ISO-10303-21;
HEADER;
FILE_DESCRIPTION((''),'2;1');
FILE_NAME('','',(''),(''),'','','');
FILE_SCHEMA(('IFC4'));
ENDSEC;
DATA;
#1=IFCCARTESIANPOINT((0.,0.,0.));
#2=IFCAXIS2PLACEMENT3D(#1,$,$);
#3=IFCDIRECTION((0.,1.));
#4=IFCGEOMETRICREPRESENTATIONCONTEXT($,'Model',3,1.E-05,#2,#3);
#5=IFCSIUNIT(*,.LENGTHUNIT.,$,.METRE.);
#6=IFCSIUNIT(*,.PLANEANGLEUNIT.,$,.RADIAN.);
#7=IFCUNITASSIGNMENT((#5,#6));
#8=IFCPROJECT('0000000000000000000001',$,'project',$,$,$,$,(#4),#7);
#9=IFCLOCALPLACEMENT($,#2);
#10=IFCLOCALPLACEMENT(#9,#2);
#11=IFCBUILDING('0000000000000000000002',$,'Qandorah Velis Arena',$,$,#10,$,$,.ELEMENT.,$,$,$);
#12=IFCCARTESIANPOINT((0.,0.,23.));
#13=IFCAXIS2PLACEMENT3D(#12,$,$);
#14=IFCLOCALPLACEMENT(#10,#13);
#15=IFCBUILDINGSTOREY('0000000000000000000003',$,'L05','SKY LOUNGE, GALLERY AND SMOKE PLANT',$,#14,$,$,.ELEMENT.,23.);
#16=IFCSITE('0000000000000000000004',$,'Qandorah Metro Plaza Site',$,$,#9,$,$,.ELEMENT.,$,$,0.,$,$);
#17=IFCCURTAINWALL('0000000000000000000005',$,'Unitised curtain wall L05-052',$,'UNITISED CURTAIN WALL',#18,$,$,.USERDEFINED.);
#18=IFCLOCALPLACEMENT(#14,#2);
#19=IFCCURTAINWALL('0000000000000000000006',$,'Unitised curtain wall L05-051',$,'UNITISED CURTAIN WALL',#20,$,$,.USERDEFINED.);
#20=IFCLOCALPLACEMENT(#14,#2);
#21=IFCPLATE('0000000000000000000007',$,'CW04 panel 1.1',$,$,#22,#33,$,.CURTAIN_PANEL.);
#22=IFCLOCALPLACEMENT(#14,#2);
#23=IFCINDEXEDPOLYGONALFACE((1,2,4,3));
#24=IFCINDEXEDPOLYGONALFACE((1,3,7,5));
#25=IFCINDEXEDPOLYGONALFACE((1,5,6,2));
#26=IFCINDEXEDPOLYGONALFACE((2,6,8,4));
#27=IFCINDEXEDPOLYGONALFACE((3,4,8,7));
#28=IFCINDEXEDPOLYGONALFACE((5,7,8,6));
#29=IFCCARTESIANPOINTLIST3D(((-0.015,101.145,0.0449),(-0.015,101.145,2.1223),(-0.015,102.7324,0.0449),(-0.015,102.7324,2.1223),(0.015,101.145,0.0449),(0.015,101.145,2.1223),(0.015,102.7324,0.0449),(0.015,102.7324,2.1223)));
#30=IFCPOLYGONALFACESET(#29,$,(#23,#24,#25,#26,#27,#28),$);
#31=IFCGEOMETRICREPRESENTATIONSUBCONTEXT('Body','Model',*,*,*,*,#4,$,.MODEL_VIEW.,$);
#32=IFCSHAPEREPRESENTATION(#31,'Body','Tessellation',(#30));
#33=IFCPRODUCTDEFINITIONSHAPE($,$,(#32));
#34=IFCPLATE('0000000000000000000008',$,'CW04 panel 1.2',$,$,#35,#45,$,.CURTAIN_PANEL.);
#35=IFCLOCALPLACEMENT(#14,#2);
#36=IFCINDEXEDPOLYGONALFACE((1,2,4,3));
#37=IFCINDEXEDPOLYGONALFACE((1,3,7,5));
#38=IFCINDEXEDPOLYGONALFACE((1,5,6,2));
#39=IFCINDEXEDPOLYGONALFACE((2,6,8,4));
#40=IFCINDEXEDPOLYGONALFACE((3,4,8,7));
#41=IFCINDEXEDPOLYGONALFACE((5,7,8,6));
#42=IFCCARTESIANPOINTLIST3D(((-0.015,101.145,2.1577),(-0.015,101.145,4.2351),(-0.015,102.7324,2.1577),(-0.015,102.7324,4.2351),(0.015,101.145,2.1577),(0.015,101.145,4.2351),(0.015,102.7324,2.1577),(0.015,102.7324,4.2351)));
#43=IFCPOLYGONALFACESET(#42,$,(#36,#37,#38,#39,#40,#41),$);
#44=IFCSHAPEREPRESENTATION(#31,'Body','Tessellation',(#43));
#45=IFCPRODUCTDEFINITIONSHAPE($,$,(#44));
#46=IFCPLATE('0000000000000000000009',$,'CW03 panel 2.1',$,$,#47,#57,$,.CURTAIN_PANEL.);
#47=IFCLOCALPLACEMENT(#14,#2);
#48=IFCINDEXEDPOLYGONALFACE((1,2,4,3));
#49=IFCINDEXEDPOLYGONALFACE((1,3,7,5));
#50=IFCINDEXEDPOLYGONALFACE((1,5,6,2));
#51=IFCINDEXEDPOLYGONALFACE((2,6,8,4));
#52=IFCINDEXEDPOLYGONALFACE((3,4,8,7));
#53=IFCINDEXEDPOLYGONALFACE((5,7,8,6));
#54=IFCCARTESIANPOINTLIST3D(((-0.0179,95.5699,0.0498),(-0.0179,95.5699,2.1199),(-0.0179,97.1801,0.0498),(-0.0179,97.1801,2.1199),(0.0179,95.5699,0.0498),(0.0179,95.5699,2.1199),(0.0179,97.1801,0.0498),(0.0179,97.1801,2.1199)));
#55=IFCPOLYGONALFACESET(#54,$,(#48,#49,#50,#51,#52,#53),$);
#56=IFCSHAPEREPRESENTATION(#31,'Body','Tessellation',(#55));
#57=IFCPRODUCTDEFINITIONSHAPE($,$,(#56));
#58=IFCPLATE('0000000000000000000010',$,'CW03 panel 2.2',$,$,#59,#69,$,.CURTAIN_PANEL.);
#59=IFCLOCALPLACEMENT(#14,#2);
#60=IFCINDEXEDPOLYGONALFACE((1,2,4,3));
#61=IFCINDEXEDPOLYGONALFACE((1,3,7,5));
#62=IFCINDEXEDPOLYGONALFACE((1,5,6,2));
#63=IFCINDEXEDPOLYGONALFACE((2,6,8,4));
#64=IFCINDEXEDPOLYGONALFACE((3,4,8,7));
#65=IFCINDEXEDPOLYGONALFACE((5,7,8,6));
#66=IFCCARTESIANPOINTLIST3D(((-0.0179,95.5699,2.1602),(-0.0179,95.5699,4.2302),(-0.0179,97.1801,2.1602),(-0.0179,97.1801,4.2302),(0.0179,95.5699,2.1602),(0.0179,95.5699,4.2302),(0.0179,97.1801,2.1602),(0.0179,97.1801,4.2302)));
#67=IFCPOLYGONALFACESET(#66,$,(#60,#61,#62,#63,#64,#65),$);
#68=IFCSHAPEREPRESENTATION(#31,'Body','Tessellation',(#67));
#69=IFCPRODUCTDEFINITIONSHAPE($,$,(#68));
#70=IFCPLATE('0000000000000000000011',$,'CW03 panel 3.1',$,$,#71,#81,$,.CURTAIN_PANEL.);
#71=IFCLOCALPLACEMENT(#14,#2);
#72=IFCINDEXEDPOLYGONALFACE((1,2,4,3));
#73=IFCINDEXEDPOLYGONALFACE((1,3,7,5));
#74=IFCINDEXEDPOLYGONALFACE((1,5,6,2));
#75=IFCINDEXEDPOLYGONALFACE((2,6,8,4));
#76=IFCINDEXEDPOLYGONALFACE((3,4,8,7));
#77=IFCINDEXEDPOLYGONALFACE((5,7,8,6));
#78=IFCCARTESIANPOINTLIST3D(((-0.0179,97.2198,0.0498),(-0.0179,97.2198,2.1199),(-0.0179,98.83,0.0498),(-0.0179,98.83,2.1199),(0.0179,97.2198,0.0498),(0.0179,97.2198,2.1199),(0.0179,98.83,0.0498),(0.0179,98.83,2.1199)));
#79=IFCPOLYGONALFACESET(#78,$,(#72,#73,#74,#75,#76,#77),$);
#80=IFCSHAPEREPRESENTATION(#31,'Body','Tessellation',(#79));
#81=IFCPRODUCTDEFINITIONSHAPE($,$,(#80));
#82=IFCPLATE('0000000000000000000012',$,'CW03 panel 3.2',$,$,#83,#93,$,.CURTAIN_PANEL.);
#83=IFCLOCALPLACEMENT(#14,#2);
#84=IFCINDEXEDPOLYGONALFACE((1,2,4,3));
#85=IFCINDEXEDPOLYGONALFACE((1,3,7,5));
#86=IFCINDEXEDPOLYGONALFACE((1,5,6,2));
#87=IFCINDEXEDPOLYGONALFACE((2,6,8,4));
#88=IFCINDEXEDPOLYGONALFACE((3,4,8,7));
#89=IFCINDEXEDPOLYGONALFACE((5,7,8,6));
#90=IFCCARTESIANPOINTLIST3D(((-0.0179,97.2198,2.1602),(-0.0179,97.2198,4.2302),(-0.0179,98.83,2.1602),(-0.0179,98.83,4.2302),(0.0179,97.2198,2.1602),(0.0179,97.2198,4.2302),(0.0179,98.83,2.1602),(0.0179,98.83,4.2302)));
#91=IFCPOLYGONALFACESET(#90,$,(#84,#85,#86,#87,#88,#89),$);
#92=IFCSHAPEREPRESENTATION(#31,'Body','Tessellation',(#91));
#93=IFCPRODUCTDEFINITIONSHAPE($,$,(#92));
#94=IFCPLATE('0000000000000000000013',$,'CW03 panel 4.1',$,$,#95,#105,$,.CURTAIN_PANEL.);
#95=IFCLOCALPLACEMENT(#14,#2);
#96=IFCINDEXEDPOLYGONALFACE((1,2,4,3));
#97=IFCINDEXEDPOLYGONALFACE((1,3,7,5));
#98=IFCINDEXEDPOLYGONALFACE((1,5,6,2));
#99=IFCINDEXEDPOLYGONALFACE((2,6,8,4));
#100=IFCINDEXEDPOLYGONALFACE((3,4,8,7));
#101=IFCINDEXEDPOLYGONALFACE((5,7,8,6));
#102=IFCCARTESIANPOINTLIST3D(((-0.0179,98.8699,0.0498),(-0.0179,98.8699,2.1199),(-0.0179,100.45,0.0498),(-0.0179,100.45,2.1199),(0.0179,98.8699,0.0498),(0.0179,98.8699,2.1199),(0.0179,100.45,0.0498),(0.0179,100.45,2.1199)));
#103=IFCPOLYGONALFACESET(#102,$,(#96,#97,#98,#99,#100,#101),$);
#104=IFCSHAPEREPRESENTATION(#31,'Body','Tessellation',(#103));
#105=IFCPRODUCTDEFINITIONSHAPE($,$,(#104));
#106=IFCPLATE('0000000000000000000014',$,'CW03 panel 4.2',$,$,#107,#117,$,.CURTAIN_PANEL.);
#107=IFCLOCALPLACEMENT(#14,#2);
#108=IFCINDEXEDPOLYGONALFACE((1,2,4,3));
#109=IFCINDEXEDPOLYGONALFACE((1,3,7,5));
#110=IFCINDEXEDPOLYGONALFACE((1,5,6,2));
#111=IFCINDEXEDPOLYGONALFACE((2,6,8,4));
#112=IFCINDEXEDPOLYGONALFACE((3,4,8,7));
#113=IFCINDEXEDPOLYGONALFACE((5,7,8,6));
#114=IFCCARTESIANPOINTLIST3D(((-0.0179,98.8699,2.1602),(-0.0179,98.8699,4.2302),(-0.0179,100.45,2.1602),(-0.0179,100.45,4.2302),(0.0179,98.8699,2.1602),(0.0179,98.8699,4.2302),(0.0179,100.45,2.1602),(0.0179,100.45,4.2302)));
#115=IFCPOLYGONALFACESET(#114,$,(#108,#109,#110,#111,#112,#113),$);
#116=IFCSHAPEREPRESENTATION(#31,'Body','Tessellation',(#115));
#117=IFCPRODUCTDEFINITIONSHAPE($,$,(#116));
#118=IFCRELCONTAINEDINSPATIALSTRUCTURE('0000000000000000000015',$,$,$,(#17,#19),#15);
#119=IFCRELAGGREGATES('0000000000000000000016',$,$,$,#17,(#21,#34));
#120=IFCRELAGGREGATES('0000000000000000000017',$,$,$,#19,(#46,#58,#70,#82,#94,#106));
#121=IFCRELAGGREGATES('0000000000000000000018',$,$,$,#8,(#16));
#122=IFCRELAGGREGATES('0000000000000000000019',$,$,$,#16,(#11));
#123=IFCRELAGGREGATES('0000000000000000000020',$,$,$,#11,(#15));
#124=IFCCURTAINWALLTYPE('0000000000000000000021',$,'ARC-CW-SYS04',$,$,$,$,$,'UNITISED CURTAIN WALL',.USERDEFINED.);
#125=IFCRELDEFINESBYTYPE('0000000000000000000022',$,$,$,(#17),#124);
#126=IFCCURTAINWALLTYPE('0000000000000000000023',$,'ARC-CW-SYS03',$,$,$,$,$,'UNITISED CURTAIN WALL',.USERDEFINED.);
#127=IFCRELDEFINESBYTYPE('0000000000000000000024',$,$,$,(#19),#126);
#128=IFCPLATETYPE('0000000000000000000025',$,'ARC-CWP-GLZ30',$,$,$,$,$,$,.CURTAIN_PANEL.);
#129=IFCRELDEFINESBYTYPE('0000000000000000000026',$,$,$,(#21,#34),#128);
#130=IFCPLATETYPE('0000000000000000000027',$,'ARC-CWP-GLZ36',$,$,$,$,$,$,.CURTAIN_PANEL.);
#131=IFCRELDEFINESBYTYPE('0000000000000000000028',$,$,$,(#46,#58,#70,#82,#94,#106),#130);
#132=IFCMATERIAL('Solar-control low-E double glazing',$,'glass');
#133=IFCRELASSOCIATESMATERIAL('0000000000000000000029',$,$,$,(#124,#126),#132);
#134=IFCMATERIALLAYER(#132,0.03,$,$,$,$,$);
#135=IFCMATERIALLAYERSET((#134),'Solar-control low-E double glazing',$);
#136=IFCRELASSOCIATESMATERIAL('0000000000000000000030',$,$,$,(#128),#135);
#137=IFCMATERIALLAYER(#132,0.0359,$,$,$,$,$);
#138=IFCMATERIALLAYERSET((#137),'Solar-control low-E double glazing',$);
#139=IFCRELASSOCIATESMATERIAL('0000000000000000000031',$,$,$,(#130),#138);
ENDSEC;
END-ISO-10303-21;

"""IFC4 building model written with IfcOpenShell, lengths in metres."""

from ifc_helpers import new_model, si_unit, direction, frame, origin, origin_2d, place, context, subcontext, project, spatial, rectangle, extrude, material, layer, layer_set, type_object, element, aggregate, save


model = new_model("IFC4")

# Units and contexts
model_context = context("Model", 3, precision=1e-05, world=origin(), true_north=direction((0.0, 1.0)))
body_context = subcontext(model_context, "Body", "Model", "MODEL_VIEW")
ifc_project = project(units=[si_unit("LENGTHUNIT", "METRE"), si_unit("PLANEANGLEUNIT", "RADIAN")], contexts=[model_context])

# Site, building, storey
site_placement = place(None, origin())
site = spatial("IfcSite", under=ifc_project, at=site_placement, Name="Qandorah Metro Plaza Site", CompositionType="ELEMENT", RefElevation=0.0)
building_placement = place(site_placement, origin())
building = spatial("IfcBuilding", under=site, at=building_placement, Name="Qandorah Velis Arena", CompositionType="ELEMENT")
storey_placement = place(building_placement, frame((0.0, 0.0, 23.0)))
storey = spatial("IfcBuildingStorey", under=building, at=storey_placement, Name="L05", Description="SKY LOUNGE, GALLERY AND SMOKE PLANT", CompositionType="ELEMENT", Elevation=23.0)

# Curtain walls
ifc_material_1 = material(Name="Solar-control low-E double glazing", Category="glass")
curtain_wall_type_1 = type_object("IfcCurtainWallType", Name="ARC-CW-SYS04", ElementType="UNITISED CURTAIN WALL", PredefinedType="USERDEFINED", material=ifc_material_1)
curtain_wall_1_placement = place(storey_placement, origin())
curtain_wall_1 = element("IfcCurtainWall", 1, at=curtain_wall_1_placement, inside=storey, type_object=curtain_wall_type_1, Name="Unitised curtain wall L05-052", ObjectType="UNITISED CURTAIN WALL", PredefinedType="USERDEFINED")
curtain_wall_type_2 = type_object("IfcCurtainWallType", Name="ARC-CW-SYS03", ElementType="UNITISED CURTAIN WALL", PredefinedType="USERDEFINED", material=ifc_material_1)
curtain_wall_2_placement = place(storey_placement, origin())
curtain_wall_2 = element("IfcCurtainWall", 2, at=curtain_wall_2_placement, inside=storey, type_object=curtain_wall_type_2, Name="Unitised curtain wall L05-051", ObjectType="UNITISED CURTAIN WALL", PredefinedType="USERDEFINED")

# Plates
ifc_layer_1 = layer(ifc_material_1, 0.03)
ifc_layer_set_1 = layer_set([ifc_layer_1], Name="Solar-control low-E double glazing")
plate_type_1 = type_object("IfcPlateType", Name="ARC-CWP-GLZ30", PredefinedType="CURTAIN_PANEL", material=ifc_layer_set_1)
plate_1_placement = place(storey_placement, frame((0.0, 101.9387, 0.0449), z_axis=(0.0, 0.0, 1.0), x_axis=(0.0, 1.0, 0.0)))
plate_1 = element("IfcPlate", 3, at=plate_1_placement, type_object=plate_type_1, Name="CW04 panel 1.1", PredefinedType="CURTAIN_PANEL", context=body_context, shape_type="SweptSolid", body=[
    extrude(rectangle(XDim=1.5874, YDim=0.03, at=origin_2d()), origin(), (0.0, 0.0, 1.0), 2.0774),
])
plate_2_placement = place(storey_placement, frame((0.0, 101.9387, 2.1577), z_axis=(0.0, 0.0, 1.0), x_axis=(0.0, 1.0, 0.0)))
plate_2 = element("IfcPlate", 4, at=plate_2_placement, type_object=plate_type_1, Name="CW04 panel 1.2", PredefinedType="CURTAIN_PANEL", context=body_context, shape_type="SweptSolid", body=[
    extrude(rectangle(XDim=1.5874, YDim=0.03, at=origin_2d()), origin(), (0.0, 0.0, 1.0), 2.0774),
])
aggregate(curtain_wall_1, [plate_1, plate_2])
ifc_layer_2 = layer(ifc_material_1, 0.0359)
ifc_layer_set_2 = layer_set([ifc_layer_2], Name="Solar-control low-E double glazing")
plate_type_2 = type_object("IfcPlateType", Name="ARC-CWP-GLZ36", PredefinedType="CURTAIN_PANEL", material=ifc_layer_set_2)
plate_3_placement = place(storey_placement, frame((0.0, 96.375, 0.0498), z_axis=(0.0, 0.0, 1.0), x_axis=(0.0, 1.0, 0.0)))
plate_3 = element("IfcPlate", 5, at=plate_3_placement, type_object=plate_type_2, Name="CW03 panel 2.1", PredefinedType="CURTAIN_PANEL", context=body_context, shape_type="SweptSolid", body=[
    extrude(rectangle(XDim=1.6101, YDim=0.0359, at=origin_2d()), origin(), (0.0, 0.0, 1.0), 2.0701),
])
plate_4_placement = place(storey_placement, frame((0.0, 96.375, 2.1602), z_axis=(0.0, 0.0, 1.0), x_axis=(0.0, 1.0, 0.0)))
plate_4 = element("IfcPlate", 6, at=plate_4_placement, type_object=plate_type_2, Name="CW03 panel 2.2", PredefinedType="CURTAIN_PANEL", context=body_context, shape_type="SweptSolid", body=[
    extrude(rectangle(XDim=1.6101, YDim=0.0359, at=origin_2d()), origin(), (0.0, 0.0, 1.0), 2.0701),
])
plate_5_placement = place(storey_placement, frame((0.0, 98.0249, 0.0498), z_axis=(0.0, 0.0, 1.0), x_axis=(0.0, 1.0, 0.0)))
plate_5 = element("IfcPlate", 7, at=plate_5_placement, type_object=plate_type_2, Name="CW03 panel 3.1", PredefinedType="CURTAIN_PANEL", context=body_context, shape_type="SweptSolid", body=[
    extrude(rectangle(XDim=1.6101, YDim=0.0359, at=origin_2d()), origin(), (0.0, 0.0, 1.0), 2.0701),
])
plate_6_placement = place(storey_placement, frame((0.0, 98.0249, 2.1602), z_axis=(0.0, 0.0, 1.0), x_axis=(0.0, 1.0, 0.0)))
plate_6 = element("IfcPlate", 8, at=plate_6_placement, type_object=plate_type_2, Name="CW03 panel 3.2", PredefinedType="CURTAIN_PANEL", context=body_context, shape_type="SweptSolid", body=[
    extrude(rectangle(XDim=1.6101, YDim=0.0359, at=origin_2d()), origin(), (0.0, 0.0, 1.0), 2.0701),
])
plate_7_placement = place(storey_placement, frame((0.0, 99.6599, 0.0498), z_axis=(0.0, 0.0, 1.0), x_axis=(0.0, 1.0, 0.0)))
plate_7 = element("IfcPlate", 9, at=plate_7_placement, type_object=plate_type_2, Name="CW03 panel 4.1", PredefinedType="CURTAIN_PANEL", context=body_context, shape_type="SweptSolid", body=[
    extrude(rectangle(XDim=1.5801, YDim=0.0359, at=origin_2d()), origin(), (0.0, 0.0, 1.0), 2.0701),
])
plate_8_placement = place(storey_placement, frame((0.0, 99.6599, 2.1602), z_axis=(0.0, 0.0, 1.0), x_axis=(0.0, 1.0, 0.0)))
plate_8 = element("IfcPlate", 10, at=plate_8_placement, type_object=plate_type_2, Name="CW03 panel 4.2", PredefinedType="CURTAIN_PANEL", context=body_context, shape_type="SweptSolid", body=[
    extrude(rectangle(XDim=1.5801, YDim=0.0359, at=origin_2d()), origin(), (0.0, 0.0, 1.0), 2.0701),
])
aggregate(curtain_wall_2, [plate_3, plate_4, plate_5, plate_6, plate_7, plate_8])

save(model, "model.ifc")
